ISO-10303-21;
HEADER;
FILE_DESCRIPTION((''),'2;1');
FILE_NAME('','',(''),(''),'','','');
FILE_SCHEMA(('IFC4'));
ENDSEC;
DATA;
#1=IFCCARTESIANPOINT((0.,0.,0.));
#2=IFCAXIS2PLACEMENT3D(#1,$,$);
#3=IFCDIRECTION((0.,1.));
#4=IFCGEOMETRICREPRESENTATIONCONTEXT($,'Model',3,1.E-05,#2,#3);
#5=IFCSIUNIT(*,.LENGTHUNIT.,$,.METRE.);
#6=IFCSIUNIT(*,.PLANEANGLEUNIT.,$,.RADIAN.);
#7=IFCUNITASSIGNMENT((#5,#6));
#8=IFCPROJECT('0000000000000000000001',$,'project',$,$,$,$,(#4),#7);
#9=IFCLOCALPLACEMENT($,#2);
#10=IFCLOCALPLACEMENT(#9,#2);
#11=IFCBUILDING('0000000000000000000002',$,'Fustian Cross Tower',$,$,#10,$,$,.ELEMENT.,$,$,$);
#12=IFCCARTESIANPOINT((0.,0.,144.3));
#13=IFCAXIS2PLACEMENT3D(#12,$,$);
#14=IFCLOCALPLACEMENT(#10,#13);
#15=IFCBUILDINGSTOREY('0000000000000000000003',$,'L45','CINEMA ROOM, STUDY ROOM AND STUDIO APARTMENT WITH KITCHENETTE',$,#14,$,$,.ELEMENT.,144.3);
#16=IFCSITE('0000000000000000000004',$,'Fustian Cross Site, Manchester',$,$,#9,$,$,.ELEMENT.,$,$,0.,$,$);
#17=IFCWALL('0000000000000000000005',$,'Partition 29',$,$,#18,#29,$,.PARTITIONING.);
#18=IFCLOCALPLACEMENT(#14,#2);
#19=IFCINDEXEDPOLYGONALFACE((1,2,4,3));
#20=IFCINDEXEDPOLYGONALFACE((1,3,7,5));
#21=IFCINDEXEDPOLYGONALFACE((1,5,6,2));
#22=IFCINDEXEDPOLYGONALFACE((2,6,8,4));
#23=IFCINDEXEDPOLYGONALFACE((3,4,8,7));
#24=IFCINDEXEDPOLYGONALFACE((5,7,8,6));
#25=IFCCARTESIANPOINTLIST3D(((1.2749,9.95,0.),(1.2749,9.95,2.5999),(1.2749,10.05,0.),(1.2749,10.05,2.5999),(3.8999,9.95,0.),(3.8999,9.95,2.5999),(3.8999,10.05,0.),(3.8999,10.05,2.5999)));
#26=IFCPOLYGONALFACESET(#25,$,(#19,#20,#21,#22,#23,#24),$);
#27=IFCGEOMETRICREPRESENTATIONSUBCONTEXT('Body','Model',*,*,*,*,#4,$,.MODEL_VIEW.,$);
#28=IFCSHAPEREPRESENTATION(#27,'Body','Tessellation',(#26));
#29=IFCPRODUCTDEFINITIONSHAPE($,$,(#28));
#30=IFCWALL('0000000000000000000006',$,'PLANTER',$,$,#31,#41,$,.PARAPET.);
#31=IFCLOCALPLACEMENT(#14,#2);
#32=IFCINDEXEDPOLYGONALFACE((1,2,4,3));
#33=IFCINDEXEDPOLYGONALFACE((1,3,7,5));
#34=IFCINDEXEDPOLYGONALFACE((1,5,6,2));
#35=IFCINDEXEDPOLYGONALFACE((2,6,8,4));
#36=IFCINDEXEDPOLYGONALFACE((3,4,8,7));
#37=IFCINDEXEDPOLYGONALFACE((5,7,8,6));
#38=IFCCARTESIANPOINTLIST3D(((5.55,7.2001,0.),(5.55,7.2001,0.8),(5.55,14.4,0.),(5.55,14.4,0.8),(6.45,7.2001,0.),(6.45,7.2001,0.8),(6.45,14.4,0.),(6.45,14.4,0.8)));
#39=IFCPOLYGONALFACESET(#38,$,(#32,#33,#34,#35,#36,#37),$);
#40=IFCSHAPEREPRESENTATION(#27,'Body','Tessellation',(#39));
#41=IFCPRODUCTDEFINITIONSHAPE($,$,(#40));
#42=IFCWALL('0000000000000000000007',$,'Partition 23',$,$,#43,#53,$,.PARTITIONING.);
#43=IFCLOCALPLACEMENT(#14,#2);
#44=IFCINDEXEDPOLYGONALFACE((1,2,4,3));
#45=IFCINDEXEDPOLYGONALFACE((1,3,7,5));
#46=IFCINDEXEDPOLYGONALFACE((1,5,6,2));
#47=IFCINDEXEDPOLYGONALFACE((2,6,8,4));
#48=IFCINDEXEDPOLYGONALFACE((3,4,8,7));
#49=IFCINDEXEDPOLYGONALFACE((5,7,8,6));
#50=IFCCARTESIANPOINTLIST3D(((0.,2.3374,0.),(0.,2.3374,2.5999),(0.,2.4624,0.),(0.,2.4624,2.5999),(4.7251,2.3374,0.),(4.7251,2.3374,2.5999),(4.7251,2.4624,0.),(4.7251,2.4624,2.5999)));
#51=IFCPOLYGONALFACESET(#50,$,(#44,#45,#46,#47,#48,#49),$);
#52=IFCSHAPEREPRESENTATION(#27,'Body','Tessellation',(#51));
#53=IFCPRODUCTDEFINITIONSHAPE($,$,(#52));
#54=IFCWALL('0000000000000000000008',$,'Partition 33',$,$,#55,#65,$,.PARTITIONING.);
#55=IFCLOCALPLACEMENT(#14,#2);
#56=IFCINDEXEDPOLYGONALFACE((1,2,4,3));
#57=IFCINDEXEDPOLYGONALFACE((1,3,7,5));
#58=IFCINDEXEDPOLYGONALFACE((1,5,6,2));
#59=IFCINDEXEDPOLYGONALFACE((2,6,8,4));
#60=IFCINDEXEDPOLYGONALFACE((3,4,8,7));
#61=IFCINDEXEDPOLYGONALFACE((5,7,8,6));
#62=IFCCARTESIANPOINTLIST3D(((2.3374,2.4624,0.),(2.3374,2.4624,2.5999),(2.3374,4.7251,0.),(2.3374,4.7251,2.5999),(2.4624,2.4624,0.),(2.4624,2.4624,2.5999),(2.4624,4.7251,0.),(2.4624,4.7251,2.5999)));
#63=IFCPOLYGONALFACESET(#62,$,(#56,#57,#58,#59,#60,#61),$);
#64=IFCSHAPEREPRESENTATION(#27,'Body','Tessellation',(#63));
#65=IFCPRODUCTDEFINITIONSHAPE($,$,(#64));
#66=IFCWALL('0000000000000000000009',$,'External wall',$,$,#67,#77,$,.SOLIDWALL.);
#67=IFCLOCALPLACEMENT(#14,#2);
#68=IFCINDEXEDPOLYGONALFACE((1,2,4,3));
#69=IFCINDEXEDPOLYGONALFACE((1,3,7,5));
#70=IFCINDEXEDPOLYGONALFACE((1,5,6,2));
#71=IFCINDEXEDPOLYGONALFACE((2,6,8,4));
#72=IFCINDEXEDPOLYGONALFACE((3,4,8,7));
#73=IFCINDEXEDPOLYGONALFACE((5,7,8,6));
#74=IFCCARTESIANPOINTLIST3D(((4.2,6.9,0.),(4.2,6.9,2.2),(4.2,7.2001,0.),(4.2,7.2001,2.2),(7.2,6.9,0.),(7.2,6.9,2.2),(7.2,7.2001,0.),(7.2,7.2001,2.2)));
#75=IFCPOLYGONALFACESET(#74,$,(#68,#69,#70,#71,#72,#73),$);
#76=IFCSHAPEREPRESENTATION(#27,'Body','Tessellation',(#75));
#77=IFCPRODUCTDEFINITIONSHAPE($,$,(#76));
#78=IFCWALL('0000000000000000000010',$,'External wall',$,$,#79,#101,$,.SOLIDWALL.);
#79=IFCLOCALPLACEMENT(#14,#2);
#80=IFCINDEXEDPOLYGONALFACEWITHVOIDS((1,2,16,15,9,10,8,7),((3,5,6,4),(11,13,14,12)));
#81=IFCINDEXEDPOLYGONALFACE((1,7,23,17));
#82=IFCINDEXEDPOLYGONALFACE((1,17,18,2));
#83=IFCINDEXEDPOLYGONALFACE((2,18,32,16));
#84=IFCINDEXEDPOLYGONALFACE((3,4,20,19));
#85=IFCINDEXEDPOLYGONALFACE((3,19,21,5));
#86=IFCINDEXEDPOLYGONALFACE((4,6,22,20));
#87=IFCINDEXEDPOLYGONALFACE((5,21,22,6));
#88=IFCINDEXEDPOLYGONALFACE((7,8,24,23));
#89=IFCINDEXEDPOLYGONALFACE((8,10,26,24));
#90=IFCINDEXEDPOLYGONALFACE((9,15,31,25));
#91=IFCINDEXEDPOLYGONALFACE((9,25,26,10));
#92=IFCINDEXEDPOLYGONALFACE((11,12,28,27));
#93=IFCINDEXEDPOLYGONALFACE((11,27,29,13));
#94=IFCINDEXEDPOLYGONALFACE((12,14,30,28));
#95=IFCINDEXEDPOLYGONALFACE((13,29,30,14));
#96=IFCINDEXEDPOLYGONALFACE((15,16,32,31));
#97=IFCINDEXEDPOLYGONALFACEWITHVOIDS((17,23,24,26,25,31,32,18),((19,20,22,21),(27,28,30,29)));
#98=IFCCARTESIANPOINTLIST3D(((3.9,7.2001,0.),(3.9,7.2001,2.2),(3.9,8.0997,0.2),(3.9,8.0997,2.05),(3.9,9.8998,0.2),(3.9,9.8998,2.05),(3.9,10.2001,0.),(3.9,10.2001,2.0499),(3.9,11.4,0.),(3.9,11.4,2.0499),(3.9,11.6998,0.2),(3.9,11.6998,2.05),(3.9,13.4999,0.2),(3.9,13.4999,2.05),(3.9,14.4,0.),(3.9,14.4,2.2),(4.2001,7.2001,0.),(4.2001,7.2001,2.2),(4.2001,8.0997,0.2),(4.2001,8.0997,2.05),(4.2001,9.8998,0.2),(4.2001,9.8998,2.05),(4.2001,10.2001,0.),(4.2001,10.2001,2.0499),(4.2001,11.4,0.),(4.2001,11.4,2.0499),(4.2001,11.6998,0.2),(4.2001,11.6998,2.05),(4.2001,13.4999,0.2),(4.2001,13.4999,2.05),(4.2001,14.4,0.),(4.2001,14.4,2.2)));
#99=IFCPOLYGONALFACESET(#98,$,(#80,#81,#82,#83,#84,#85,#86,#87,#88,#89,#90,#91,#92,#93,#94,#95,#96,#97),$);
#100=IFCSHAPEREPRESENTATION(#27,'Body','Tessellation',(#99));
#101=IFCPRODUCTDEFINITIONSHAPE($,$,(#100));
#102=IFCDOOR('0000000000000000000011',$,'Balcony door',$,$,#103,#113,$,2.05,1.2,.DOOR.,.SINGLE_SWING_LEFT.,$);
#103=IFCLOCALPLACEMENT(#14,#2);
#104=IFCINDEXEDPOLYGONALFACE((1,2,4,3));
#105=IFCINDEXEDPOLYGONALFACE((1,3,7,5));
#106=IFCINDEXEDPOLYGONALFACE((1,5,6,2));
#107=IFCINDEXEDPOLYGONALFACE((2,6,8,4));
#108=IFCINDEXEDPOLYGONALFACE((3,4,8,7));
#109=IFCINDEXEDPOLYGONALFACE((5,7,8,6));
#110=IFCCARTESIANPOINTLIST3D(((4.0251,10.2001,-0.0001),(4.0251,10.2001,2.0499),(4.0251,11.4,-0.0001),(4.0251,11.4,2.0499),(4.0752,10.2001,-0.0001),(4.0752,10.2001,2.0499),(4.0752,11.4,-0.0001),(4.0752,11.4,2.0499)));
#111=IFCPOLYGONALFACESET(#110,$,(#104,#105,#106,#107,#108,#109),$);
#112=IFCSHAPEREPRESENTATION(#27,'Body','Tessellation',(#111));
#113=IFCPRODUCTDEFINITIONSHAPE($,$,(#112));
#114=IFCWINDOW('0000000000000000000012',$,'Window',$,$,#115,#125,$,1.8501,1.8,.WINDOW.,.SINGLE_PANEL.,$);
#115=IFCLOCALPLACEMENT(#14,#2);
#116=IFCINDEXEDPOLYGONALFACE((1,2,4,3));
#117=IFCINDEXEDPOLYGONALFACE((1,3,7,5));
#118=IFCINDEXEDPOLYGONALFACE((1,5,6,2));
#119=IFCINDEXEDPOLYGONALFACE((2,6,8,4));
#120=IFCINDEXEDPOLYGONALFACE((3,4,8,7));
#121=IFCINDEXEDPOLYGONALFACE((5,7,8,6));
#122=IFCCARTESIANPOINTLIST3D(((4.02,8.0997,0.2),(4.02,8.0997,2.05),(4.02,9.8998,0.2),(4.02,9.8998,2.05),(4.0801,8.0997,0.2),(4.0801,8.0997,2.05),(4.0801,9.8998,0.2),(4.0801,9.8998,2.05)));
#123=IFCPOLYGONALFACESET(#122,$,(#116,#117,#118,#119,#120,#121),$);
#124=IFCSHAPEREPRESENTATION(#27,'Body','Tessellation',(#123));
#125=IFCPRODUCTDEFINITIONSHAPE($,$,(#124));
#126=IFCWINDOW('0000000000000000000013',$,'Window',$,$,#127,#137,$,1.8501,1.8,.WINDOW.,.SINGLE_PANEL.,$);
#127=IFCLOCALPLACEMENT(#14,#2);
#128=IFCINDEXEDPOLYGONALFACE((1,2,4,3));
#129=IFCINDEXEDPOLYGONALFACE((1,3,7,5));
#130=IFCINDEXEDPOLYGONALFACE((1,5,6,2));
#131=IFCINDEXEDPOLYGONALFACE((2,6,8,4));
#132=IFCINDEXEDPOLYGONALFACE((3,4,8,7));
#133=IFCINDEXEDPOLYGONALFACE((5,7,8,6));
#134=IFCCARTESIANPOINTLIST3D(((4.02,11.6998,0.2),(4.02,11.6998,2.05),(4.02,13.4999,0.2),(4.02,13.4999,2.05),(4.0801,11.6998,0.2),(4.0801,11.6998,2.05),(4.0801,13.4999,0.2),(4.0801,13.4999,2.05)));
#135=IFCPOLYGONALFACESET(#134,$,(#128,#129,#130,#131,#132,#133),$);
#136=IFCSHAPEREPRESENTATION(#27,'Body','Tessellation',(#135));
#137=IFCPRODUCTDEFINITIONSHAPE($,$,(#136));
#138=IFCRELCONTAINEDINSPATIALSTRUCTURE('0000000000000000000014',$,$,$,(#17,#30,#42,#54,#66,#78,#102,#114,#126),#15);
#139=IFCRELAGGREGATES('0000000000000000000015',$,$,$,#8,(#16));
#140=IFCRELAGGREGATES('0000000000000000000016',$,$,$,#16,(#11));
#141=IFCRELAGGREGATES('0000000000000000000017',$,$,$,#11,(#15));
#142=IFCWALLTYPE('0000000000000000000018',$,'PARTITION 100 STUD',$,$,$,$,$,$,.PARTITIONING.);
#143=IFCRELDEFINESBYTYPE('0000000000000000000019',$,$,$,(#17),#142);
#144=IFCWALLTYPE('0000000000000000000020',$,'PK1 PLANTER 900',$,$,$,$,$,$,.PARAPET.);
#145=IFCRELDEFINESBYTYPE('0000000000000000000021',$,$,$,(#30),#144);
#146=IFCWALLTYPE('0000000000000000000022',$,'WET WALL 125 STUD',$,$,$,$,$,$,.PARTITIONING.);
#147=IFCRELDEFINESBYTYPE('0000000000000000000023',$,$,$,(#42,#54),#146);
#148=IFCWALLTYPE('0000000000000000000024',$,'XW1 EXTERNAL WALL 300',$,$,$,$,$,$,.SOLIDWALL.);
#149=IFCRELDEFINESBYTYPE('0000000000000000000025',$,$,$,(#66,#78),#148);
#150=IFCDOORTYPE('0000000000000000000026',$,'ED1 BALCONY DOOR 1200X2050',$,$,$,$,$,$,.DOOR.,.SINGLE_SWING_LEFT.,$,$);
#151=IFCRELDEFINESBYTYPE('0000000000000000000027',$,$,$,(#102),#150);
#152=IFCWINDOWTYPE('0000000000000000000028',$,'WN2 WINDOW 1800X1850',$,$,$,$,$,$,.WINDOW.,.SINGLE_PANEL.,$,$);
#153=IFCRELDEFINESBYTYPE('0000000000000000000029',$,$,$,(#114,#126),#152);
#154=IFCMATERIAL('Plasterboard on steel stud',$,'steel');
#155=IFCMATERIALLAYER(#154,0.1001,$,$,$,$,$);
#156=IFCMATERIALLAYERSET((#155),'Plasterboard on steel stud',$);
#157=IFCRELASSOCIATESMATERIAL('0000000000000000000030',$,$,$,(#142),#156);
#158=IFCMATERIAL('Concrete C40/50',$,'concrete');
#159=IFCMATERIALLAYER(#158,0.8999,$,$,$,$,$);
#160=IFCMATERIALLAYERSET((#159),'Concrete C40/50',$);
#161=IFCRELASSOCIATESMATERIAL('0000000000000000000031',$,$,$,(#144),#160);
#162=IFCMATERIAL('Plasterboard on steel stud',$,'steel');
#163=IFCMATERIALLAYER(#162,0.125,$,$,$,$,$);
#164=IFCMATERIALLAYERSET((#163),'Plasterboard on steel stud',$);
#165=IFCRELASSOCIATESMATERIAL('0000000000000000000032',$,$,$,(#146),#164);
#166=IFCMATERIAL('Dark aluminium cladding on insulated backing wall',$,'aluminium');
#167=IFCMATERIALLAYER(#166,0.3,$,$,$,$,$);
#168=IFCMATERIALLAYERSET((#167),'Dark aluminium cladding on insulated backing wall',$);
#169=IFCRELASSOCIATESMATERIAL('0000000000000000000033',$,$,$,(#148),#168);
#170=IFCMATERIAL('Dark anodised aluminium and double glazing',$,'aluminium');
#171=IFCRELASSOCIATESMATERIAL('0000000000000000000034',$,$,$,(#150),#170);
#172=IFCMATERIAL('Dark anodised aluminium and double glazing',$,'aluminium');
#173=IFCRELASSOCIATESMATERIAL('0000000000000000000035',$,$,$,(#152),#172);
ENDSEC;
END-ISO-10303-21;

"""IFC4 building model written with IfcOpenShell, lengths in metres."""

from ifc_helpers import new_model, si_unit, direction, frame, frame_2d, origin, place, context, subcontext, project, spatial, rectangle, extrude, material, layer, layer_set, type_object, element, fill, save


model = new_model("IFC4")

# Units and contexts
model_context = context("Model", 3, precision=1e-05, world=origin(), true_north=direction((0.0, 1.0)))
body_context = subcontext(model_context, "Body", "Model", "MODEL_VIEW")
ifc_project = project(units=[si_unit("LENGTHUNIT", "METRE"), si_unit("PLANEANGLEUNIT", "RADIAN")], contexts=[model_context])

# Site, building, storey
site_placement = place(None, origin())
site = spatial("IfcSite", under=ifc_project, at=site_placement, Name="Fustian Cross Site, Manchester", CompositionType="ELEMENT", RefElevation=0.0)
building_placement = place(site_placement, origin())
building = spatial("IfcBuilding", under=site, at=building_placement, Name="Fustian Cross Tower", CompositionType="ELEMENT")
storey_placement = place(building_placement, frame((0.0, 0.0, 144.3)))
storey = spatial("IfcBuildingStorey", under=building, at=storey_placement, Name="L45", Description="CINEMA ROOM, STUDY ROOM AND STUDIO APARTMENT WITH KITCHENETTE", CompositionType="ELEMENT", Elevation=144.3)

# Walls
ifc_material_1 = material(Name="Plasterboard on steel stud", Category="steel")
ifc_layer_1 = layer(ifc_material_1, 0.1001)
ifc_layer_set_1 = layer_set([ifc_layer_1], Name="Plasterboard on steel stud")
wall_type_1 = type_object("IfcWallType", Name="PARTITION 100 STUD", PredefinedType="PARTITIONING", material=ifc_layer_set_1)
wall_1_placement = place(storey_placement, frame((1.2749, 10.0, 0.0), z_axis=(0.0, 0.0, 1.0), x_axis=(1.0, 0.0, 0.0)))
element("IfcWall", 1, at=wall_1_placement, inside=storey, type_object=wall_type_1, Name="Partition 29", PredefinedType="PARTITIONING", context=body_context, shape_type="SweptSolid", body=[
    extrude(rectangle(XDim=2.625, YDim=0.1001, at=frame_2d((1.3125, 0.0))), origin(), (0.0, 0.0, 1.0), 2.5999),
])
ifc_material_2 = material(Name="Concrete C40/50", Category="concrete")
ifc_layer_2 = layer(ifc_material_2, 0.8999)
ifc_layer_set_2 = layer_set([ifc_layer_2], Name="Concrete C40/50")
wall_type_2 = type_object("IfcWallType", Name="PK1 PLANTER 900", PredefinedType="PARAPET", material=ifc_layer_set_2)
wall_2_placement = place(storey_placement, frame((6.0, 7.2, 0.0), z_axis=(0.0, 0.0, 1.0), x_axis=(0.0, 1.0, 0.0)))
element("IfcWall", 2, at=wall_2_placement, inside=storey, type_object=wall_type_2, Name="PLANTER", PredefinedType="PARAPET", context=body_context, shape_type="SweptSolid", body=[
    extrude(rectangle(XDim=7.2, YDim=0.8999, at=frame_2d((3.6001, 0.0))), origin(), (0.0, 0.0, 1.0), 0.8),
])
ifc_material_3 = material(Name="Plasterboard on steel stud", Category="steel")
ifc_layer_3 = layer(ifc_material_3, 0.125)
ifc_layer_set_3 = layer_set([ifc_layer_3], Name="Plasterboard on steel stud")
wall_type_3 = type_object("IfcWallType", Name="WET WALL 125 STUD", PredefinedType="PARTITIONING", material=ifc_layer_set_3)
wall_3_placement = place(storey_placement, frame((0.0, 2.3999, 0.0), z_axis=(0.0, 0.0, 1.0), x_axis=(1.0, 0.0, 0.0)))
element("IfcWall", 3, at=wall_3_placement, inside=storey, type_object=wall_type_3, Name="Partition 23", PredefinedType="PARTITIONING", context=body_context, shape_type="SweptSolid", body=[
    extrude(rectangle(XDim=4.7251, YDim=0.125, at=frame_2d((2.3625, 0.0))), origin(), (0.0, 0.0, 1.0), 2.5999),
])
wall_4_placement = place(storey_placement, frame((2.3999, 2.4624, 0.0), z_axis=(0.0, 0.0, 1.0), x_axis=(0.0, 1.0, 0.0)))
element("IfcWall", 4, at=wall_4_placement, inside=storey, type_object=wall_type_3, Name="Partition 33", PredefinedType="PARTITIONING", context=body_context, shape_type="SweptSolid", body=[
    extrude(rectangle(XDim=2.2627, YDim=0.125, at=frame_2d((1.1313, 0.0))), origin(), (0.0, 0.0, 1.0), 2.5999),
])
ifc_material_4 = material(Name="Dark aluminium cladding on insulated backing wall", Category="aluminium")
ifc_layer_4 = layer(ifc_material_4, 0.3)
ifc_layer_set_4 = layer_set([ifc_layer_4], Name="Dark aluminium cladding on insulated backing wall")
wall_type_4 = type_object("IfcWallType", Name="XW1 EXTERNAL WALL 300", PredefinedType="SOLIDWALL", material=ifc_layer_set_4)
wall_5_placement = place(storey_placement, frame((7.2, 7.05, 0.0), z_axis=(0.0, 0.0, 1.0), x_axis=(-1.0, 0.0, 0.0)))
element("IfcWall", 5, at=wall_5_placement, inside=storey, type_object=wall_type_4, Name="External wall", PredefinedType="SOLIDWALL", context=body_context, shape_type="SweptSolid", body=[
    extrude(rectangle(XDim=3.0, YDim=0.3, at=frame_2d((1.5, 0.0))), origin(), (0.0, 0.0, 1.0), 2.2),
])

# Wall, openings, door, windows
wall_6_placement = place(storey_placement, frame((4.05, 7.2, 0.0), z_axis=(0.0, 0.0, 1.0), x_axis=(0.0, 1.0, 0.0)))
wall_6 = element("IfcWall", 6, at=wall_6_placement, inside=storey, type_object=wall_type_4, Name="External wall", PredefinedType="SOLIDWALL", context=body_context, shape_type="SweptSolid", body=[
    extrude(rectangle(XDim=7.2, YDim=0.3, at=frame_2d((3.6001, 0.0))), origin(), (0.0, 0.0, 1.0), 2.2),
])
opening_1_placement = place(wall_6_placement, frame((3.0, 0.0, 0.0)))
opening_1 = element("IfcOpeningElement", 7, at=opening_1_placement, cuts=wall_6, PredefinedType="OPENING", context=body_context, shape_type="SweptSolid", body=[
    extrude(rectangle(XDim=1.2, YDim=2.05, at=frame_2d((0.6001, 1.0249))), frame((0.0, 0.1599, 0.0), z_axis=(0.0, -1.0, 0.0), x_axis=(1.0, 0.0, 0.0)), (0.0, 0.0, 1.0), 0.3201),
])
opening_2_placement = place(wall_6_placement, frame((0.8999, 0.0, 0.2)))
opening_2 = element("IfcOpeningElement", 8, at=opening_2_placement, cuts=wall_6, PredefinedType="OPENING", context=body_context, shape_type="SweptSolid", body=[
    extrude(rectangle(XDim=1.8, YDim=1.8501, at=frame_2d((0.8999, 0.925))), frame((0.0, 0.1599, 0.0), z_axis=(0.0, -1.0, 0.0), x_axis=(1.0, 0.0, 0.0)), (0.0, 0.0, 1.0), 0.3201),
])
opening_3_placement = place(wall_6_placement, frame((4.5, 0.0, 0.2)))
opening_3 = element("IfcOpeningElement", 9, at=opening_3_placement, cuts=wall_6, PredefinedType="OPENING", context=body_context, shape_type="SweptSolid", body=[
    extrude(rectangle(XDim=1.8, YDim=1.8501, at=frame_2d((0.8999, 0.925))), frame((0.0, 0.1599, 0.0), z_axis=(0.0, -1.0, 0.0), x_axis=(1.0, 0.0, 0.0)), (0.0, 0.0, 1.0), 0.3201),
])
ifc_material_5 = material(Name="Dark anodised aluminium and double glazing", Category="aluminium")
door_type_1 = type_object("IfcDoorType", Name="ED1 BALCONY DOOR 1200X2050", OperationType="SINGLE_SWING_LEFT", PredefinedType="DOOR", material=ifc_material_5)
door_1_placement = place(opening_1_placement, origin())
door_1 = element("IfcDoor", 10, at=door_1_placement, inside=storey, type_object=door_type_1, Name="Balcony door", OperationType="SINGLE_SWING_LEFT", OverallHeight=2.05, OverallWidth=1.2, PredefinedType="DOOR", context=body_context, shape_type="SweptSolid", body=[
    extrude(rectangle(XDim=1.2, YDim=2.05, at=frame_2d((0.6001, 1.0249))), frame((0.0, 0.0249, 0.0), z_axis=(0.0, -1.0, 0.0), x_axis=(1.0, 0.0, 0.0)), (0.0, 0.0, 1.0), 0.05),
])
fill(opening_1, door_1)
ifc_material_6 = material(Name="Dark anodised aluminium and double glazing", Category="aluminium")
window_type = type_object("IfcWindowType", Name="WN2 WINDOW 1800X1850", PartitioningType="SINGLE_PANEL", PredefinedType="WINDOW", material=ifc_material_6)
window_1_placement = place(opening_2_placement, origin())
window_1 = element("IfcWindow", 11, at=window_1_placement, inside=storey, type_object=window_type, Name="Window", OverallHeight=1.8501, OverallWidth=1.8, PartitioningType="SINGLE_PANEL", PredefinedType="WINDOW", context=body_context, shape_type="SweptSolid", body=[
    extrude(rectangle(XDim=1.8, YDim=1.8501, at=frame_2d((0.8999, 0.925))), frame((0.0, 0.03, 0.0), z_axis=(0.0, -1.0, 0.0), x_axis=(1.0, 0.0, 0.0)), (0.0, 0.0, 1.0), 0.0601),
])
fill(opening_2, window_1)
window_2_placement = place(opening_3_placement, origin())
window_2 = element("IfcWindow", 12, at=window_2_placement, inside=storey, type_object=window_type, Name="Window", OverallHeight=1.8501, OverallWidth=1.8, PartitioningType="SINGLE_PANEL", PredefinedType="WINDOW", context=body_context, shape_type="SweptSolid", body=[
    extrude(rectangle(XDim=1.8, YDim=1.8501, at=frame_2d((0.8999, 0.925))), frame((0.0, 0.03, 0.0), z_axis=(0.0, -1.0, 0.0), x_axis=(1.0, 0.0, 0.0)), (0.0, 0.0, 1.0), 0.0601),
])
fill(opening_3, window_2)

save(model, "model.ifc")
